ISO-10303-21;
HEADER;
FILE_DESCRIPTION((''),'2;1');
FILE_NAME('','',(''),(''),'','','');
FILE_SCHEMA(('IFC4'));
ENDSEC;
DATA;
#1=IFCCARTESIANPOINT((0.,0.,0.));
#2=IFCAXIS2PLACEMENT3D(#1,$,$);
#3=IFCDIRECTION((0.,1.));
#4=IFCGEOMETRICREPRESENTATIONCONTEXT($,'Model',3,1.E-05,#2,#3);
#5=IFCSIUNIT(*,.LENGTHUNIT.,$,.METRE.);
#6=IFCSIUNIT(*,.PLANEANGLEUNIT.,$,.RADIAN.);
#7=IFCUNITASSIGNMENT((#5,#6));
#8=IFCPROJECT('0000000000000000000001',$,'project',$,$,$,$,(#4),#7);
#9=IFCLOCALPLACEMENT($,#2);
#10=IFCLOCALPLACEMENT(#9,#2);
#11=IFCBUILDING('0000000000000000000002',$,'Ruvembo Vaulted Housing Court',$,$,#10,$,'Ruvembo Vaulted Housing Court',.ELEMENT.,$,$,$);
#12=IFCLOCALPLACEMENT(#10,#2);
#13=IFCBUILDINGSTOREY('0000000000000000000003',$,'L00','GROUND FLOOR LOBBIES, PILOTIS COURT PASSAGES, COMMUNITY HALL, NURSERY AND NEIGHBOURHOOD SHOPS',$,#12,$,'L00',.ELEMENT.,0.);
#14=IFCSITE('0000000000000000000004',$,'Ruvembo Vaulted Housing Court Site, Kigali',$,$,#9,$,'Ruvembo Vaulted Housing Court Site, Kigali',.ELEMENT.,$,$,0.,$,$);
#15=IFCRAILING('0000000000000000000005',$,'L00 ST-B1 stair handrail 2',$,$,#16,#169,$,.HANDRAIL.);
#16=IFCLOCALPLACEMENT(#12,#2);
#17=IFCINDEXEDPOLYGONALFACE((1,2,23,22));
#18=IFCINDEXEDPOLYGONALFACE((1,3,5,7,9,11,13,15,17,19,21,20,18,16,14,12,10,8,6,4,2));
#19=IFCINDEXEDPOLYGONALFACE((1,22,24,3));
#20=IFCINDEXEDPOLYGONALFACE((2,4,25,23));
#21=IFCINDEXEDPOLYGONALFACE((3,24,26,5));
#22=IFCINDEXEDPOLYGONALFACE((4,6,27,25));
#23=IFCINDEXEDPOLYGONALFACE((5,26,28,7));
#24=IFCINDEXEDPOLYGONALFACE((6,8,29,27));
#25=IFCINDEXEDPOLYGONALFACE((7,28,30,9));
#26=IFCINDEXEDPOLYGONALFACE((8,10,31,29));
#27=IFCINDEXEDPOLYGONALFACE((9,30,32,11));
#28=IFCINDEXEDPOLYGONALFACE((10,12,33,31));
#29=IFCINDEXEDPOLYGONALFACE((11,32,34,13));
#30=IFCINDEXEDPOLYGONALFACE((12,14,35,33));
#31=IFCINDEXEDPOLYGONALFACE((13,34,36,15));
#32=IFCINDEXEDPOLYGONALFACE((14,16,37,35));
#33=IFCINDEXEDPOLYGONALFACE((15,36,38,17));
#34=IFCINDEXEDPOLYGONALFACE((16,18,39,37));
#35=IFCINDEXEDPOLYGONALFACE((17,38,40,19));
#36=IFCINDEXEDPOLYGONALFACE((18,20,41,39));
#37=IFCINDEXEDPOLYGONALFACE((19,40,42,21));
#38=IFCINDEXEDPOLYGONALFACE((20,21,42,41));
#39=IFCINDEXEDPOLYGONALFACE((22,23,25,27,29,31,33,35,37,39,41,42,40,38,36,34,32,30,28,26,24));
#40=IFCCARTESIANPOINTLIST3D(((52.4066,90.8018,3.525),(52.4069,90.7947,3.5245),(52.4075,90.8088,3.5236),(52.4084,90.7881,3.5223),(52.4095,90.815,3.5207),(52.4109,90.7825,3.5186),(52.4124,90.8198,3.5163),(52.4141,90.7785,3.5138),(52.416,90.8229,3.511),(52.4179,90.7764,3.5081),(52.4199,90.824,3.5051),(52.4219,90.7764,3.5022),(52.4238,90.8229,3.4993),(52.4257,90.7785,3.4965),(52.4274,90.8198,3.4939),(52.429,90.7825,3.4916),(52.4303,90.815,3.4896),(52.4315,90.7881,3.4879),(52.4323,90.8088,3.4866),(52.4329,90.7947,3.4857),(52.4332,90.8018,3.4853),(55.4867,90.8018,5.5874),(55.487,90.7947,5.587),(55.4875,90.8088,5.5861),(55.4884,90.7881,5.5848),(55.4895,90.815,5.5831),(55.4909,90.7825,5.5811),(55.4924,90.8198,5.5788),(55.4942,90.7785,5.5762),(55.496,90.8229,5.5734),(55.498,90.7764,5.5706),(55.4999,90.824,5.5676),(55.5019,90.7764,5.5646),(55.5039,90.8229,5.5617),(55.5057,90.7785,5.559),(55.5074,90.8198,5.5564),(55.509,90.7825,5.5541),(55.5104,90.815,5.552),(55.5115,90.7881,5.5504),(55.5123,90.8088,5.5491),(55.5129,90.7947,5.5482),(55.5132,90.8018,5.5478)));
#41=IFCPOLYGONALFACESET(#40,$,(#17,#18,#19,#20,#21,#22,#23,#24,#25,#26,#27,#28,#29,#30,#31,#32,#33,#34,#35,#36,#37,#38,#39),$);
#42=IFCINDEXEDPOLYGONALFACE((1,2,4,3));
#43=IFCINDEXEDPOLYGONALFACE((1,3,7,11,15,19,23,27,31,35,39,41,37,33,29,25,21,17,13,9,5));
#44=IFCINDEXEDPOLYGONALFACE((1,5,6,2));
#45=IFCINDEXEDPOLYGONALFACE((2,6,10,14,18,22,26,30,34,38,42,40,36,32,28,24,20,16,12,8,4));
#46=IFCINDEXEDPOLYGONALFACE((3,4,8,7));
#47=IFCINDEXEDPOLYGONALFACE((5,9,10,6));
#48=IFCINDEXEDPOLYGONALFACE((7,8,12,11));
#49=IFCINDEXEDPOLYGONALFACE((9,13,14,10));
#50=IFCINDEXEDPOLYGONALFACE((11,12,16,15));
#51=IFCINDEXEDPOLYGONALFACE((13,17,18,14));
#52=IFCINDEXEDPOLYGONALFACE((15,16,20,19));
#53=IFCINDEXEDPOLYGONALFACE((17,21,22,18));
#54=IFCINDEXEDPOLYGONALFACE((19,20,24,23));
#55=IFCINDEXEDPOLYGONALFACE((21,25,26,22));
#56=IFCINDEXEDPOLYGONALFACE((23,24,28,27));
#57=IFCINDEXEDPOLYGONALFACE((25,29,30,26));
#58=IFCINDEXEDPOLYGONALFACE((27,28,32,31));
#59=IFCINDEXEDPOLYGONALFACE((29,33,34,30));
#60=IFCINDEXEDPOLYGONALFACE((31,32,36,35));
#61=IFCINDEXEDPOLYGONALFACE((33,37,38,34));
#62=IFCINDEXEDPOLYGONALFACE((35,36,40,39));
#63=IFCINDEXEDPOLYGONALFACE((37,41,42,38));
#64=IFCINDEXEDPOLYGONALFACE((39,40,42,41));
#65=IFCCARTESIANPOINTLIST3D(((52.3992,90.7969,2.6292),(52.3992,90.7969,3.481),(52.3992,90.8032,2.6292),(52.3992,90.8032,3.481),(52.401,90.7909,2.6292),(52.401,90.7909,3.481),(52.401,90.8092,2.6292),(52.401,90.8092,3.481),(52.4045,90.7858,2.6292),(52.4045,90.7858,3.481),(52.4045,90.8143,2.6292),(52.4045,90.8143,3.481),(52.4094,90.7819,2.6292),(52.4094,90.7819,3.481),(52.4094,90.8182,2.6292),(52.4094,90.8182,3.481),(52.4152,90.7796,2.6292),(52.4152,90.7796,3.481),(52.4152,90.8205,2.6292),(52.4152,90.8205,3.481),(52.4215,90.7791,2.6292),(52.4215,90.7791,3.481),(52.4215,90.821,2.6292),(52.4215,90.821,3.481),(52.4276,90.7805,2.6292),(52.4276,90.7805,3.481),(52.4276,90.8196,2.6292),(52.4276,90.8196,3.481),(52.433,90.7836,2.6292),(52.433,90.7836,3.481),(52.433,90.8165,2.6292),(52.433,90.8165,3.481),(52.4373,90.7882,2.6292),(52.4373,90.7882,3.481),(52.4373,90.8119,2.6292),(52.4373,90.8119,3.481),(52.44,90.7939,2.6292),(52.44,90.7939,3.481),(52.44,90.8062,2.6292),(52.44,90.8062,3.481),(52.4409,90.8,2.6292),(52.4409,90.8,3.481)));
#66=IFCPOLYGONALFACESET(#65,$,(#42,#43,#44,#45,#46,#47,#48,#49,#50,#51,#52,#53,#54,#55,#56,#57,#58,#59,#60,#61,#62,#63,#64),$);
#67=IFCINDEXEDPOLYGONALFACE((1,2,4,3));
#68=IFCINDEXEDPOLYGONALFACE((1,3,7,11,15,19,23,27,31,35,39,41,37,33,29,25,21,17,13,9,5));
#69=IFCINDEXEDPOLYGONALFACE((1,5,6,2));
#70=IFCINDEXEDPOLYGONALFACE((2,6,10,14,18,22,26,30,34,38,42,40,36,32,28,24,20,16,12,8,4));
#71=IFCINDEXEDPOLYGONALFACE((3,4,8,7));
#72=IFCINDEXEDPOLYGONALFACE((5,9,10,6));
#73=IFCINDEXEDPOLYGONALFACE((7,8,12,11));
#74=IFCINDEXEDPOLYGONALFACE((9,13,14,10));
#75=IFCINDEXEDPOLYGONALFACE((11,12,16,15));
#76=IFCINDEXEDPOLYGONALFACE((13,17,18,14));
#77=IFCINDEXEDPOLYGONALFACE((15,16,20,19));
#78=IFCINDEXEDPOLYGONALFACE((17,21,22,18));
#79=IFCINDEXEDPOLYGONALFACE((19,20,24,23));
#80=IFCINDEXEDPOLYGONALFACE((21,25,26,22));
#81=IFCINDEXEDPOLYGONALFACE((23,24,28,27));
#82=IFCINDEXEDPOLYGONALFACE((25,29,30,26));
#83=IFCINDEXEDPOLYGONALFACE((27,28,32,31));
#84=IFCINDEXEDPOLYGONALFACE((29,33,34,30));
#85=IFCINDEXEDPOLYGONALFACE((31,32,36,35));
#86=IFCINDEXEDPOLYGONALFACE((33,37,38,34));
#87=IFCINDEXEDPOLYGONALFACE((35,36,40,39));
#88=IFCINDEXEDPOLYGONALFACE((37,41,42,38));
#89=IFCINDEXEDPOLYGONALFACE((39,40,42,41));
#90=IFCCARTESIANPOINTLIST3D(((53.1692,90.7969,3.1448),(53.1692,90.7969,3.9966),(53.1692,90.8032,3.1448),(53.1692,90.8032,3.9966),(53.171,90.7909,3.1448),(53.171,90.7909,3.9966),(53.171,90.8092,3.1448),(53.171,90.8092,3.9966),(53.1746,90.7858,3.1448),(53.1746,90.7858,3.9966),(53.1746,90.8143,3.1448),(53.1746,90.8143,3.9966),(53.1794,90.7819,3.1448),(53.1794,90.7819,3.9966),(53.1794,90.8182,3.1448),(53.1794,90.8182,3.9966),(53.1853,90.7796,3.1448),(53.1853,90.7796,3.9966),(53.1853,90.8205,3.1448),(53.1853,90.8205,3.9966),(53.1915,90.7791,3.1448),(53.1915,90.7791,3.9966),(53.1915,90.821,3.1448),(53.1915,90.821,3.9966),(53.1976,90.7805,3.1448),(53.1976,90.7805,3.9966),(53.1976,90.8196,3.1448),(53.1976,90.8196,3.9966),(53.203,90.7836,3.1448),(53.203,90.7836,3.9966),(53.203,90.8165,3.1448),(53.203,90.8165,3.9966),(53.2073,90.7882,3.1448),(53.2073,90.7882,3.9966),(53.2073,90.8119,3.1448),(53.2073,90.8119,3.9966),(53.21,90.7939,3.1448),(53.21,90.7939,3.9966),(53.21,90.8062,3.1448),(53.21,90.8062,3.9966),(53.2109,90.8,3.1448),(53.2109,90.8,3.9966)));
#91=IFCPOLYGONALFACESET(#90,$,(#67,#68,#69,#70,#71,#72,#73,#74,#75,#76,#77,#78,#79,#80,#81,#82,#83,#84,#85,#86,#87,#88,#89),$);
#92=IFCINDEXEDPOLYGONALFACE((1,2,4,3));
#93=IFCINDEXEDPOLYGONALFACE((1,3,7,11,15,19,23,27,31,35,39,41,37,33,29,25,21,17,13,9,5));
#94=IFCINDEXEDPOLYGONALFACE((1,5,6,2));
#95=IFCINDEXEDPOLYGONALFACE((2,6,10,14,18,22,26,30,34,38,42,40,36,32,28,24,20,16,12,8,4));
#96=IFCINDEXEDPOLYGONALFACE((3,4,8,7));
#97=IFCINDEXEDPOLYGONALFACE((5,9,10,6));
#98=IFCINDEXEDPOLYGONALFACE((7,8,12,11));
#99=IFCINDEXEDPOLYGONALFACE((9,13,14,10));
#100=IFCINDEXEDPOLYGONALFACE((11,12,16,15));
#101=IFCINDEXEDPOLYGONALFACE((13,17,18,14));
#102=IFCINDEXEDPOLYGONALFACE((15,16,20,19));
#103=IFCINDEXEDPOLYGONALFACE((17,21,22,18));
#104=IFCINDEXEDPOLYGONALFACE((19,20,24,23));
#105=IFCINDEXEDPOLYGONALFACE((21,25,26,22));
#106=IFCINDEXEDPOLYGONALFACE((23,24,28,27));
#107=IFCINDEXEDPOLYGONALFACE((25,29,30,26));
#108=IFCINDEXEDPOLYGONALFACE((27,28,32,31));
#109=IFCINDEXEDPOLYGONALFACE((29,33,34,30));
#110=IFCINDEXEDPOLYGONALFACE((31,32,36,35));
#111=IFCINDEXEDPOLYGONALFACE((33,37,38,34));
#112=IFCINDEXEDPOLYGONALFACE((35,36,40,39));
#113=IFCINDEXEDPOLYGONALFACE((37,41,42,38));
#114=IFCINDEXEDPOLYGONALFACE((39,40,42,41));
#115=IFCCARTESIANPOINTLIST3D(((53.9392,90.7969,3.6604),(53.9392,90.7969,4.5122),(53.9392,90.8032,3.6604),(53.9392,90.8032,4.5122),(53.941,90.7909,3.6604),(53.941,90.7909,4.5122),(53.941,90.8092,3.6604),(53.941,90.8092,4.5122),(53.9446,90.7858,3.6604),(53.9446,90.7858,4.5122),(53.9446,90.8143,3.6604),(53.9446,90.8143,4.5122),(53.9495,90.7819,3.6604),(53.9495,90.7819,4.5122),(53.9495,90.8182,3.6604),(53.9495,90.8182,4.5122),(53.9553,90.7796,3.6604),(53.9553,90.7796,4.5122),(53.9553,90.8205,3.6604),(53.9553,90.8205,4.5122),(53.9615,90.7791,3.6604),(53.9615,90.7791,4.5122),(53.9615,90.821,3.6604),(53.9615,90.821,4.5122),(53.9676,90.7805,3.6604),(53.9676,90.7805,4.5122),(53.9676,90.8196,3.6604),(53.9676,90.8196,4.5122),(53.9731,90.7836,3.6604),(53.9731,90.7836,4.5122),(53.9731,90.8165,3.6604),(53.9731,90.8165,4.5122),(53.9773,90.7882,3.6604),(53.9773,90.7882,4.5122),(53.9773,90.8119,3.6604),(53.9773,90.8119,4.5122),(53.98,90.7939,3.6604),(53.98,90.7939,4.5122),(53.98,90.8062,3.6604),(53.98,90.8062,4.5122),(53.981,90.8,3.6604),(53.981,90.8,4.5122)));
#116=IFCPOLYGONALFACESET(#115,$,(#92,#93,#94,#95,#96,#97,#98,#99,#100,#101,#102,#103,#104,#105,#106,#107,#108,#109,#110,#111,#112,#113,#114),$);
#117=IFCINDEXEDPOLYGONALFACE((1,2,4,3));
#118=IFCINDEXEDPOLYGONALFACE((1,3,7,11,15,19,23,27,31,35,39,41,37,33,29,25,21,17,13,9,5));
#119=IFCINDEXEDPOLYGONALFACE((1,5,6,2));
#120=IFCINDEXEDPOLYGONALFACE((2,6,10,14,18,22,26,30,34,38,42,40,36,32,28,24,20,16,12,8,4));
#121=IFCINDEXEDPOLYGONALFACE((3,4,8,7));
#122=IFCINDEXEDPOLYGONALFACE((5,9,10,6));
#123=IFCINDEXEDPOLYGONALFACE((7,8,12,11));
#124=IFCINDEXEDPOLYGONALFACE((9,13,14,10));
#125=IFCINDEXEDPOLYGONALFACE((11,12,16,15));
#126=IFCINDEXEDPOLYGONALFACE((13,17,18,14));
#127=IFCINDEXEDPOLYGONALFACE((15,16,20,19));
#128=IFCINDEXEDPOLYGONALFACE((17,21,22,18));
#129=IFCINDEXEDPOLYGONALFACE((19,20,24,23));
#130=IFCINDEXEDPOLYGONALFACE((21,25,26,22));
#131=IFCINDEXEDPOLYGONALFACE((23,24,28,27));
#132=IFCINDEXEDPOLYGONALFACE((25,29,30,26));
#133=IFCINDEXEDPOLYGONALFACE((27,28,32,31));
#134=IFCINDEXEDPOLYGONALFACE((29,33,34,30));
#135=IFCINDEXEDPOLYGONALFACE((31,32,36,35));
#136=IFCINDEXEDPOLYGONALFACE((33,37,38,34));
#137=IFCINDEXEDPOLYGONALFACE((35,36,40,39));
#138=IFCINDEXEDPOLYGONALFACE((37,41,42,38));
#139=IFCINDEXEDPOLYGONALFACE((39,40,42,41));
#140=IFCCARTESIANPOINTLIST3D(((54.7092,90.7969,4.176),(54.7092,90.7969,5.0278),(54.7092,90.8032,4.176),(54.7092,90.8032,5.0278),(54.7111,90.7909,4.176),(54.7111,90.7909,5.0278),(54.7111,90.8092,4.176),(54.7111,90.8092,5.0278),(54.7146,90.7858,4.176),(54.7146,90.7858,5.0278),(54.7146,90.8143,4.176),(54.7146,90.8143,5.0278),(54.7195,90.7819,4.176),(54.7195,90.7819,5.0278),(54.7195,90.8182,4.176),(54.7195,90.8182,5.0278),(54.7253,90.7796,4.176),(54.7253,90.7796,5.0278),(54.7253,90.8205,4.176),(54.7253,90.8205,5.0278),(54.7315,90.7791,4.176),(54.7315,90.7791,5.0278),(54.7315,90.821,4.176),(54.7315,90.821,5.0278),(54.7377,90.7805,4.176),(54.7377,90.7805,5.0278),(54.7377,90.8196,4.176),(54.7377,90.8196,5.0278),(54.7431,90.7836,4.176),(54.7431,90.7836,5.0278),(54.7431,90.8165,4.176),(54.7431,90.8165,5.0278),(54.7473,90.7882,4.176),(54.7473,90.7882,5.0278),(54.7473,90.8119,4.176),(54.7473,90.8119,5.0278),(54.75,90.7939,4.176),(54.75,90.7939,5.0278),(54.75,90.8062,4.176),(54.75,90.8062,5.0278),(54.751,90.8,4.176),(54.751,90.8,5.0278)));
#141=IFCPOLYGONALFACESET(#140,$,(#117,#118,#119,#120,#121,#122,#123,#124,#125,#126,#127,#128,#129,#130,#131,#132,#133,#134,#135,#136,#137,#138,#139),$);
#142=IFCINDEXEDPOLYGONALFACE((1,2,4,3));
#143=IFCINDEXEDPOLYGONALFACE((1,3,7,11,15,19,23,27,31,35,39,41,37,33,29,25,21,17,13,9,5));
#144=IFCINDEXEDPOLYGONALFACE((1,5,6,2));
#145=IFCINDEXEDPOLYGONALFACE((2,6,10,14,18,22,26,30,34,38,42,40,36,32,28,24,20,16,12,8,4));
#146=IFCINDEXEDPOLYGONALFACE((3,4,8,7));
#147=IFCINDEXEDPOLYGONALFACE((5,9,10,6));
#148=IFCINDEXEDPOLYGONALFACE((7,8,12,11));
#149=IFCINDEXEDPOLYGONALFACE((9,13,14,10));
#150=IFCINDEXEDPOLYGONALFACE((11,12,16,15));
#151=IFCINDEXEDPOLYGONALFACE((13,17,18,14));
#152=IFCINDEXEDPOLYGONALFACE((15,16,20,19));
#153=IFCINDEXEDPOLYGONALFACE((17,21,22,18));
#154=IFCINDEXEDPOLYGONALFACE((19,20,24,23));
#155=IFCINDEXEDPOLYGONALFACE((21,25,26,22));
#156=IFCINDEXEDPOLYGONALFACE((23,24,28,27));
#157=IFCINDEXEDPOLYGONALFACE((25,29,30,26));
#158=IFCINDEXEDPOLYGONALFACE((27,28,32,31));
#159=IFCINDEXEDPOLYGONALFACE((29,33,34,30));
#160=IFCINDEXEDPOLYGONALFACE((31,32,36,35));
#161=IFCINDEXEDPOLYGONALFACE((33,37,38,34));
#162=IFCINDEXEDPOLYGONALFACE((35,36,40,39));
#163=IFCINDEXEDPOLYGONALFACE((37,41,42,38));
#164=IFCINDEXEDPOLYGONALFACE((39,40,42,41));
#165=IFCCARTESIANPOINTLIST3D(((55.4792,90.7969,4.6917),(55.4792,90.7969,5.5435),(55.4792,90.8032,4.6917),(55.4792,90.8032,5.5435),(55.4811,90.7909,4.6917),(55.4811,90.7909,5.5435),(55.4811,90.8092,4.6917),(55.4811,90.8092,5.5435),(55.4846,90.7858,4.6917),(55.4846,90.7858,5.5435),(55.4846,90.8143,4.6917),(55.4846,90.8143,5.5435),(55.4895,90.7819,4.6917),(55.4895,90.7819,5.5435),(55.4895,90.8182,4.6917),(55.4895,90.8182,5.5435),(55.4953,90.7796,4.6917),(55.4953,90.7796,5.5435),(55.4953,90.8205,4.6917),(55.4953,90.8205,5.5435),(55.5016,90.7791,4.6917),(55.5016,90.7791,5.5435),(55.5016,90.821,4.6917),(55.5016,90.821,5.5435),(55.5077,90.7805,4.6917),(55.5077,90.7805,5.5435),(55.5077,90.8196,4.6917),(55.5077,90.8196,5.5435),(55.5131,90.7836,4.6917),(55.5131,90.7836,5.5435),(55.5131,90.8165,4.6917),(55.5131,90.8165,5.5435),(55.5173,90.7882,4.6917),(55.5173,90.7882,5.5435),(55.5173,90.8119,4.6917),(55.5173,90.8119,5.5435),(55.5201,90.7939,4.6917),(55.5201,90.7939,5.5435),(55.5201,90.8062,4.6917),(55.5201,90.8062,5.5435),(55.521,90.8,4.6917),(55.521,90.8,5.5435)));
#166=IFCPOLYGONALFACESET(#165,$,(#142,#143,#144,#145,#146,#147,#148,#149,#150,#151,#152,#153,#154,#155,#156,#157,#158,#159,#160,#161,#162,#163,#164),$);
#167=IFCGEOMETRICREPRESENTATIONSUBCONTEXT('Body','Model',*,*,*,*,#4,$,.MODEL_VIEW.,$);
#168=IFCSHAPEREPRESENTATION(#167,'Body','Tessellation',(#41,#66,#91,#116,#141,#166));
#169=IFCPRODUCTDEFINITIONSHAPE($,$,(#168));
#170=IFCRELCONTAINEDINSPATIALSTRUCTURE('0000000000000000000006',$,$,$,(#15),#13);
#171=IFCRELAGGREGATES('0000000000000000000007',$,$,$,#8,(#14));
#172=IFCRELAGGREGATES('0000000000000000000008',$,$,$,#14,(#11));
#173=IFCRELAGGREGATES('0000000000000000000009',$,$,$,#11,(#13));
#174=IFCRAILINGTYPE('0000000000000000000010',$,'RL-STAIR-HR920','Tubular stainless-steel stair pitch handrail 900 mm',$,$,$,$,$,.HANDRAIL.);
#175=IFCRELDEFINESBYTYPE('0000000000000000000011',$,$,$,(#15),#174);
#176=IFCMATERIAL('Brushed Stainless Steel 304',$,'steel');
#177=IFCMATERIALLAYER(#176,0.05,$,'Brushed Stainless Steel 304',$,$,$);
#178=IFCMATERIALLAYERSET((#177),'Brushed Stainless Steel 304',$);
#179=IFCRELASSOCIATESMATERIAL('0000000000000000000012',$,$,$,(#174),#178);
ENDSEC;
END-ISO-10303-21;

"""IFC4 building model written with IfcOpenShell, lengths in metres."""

from ifc_helpers import new_model, si_unit, direction, frame, origin, origin_2d, place, context, subcontext, project, spatial, circle, extrude, material, layer, layer_set, type_object, element, save


model = new_model("IFC4")

# Units and contexts
model_context = context("Model", 3, precision=1e-05, world=origin(), true_north=direction((0.0, 1.0)))
body_context = subcontext(model_context, "Body", "Model", "MODEL_VIEW")
ifc_project = project(units=[si_unit("LENGTHUNIT", "METRE"), si_unit("PLANEANGLEUNIT", "RADIAN")], contexts=[model_context])

# Site, building, storey
site_placement = place(None, origin())
site = spatial("IfcSite", under=ifc_project, at=site_placement, Name="Ruvembo Vaulted Housing Court Site, Kigali", LongName="Ruvembo Vaulted Housing Court Site, Kigali", CompositionType="ELEMENT", RefElevation=0.0)
building_placement = place(site_placement, origin())
building = spatial("IfcBuilding", under=site, at=building_placement, Name="Ruvembo Vaulted Housing Court", LongName="Ruvembo Vaulted Housing Court", CompositionType="ELEMENT")
storey_placement = place(building_placement, origin())
storey = spatial("IfcBuildingStorey", under=building, at=storey_placement, Name="L00", Description="GROUND FLOOR LOBBIES, PILOTIS COURT PASSAGES, COMMUNITY HALL, NURSERY AND NEIGHBOURHOOD SHOPS", LongName="L00", CompositionType="ELEMENT", Elevation=0.0)

# Railing
ifc_material_1 = material(Name="Brushed Stainless Steel 304", Category="steel")
ifc_layer_1 = layer(ifc_material_1, 0.05, Name="Brushed Stainless Steel 304")
ifc_layer_set_1 = layer_set([ifc_layer_1], Name="Brushed Stainless Steel 304")
railing_type_1 = type_object("IfcRailingType", Name="RL-STAIR-HR920", Description="Tubular stainless-steel stair pitch handrail 900 mm", PredefinedType="HANDRAIL", material=ifc_layer_set_1)
railing_1_placement = place(storey_placement, frame((52.4199, 90.8, 2.6292)))
element("IfcRailing", 1, at=railing_1_placement, inside=storey, type_object=railing_type_1, Name="L00 ST-B1 stair handrail 2", PredefinedType="HANDRAIL", context=body_context, shape_type="SweptSolid", body=[
    extrude(circle(Radius=0.0239, at=origin_2d()), frame((0.0, 0.0, 0.876), z_axis=(0.830914, 0.0, 0.556401), x_axis=(0.0, 1.0, 0.0)), (0.0, 0.0, 1.0), 3.7068),
    extrude(circle(Radius=0.021, at=origin_2d()), origin(), (0.0, 0.0, 1.0), 0.8518),
    extrude(circle(Radius=0.021, at=origin_2d()), frame((0.77, 0.0, 0.5156)), (0.0, 0.0, 1.0), 0.8518),
    extrude(circle(Radius=0.021, at=origin_2d()), frame((1.54, 0.0, 1.0312)), (0.0, 0.0, 1.0), 0.8518),
    extrude(circle(Radius=0.021, at=origin_2d()), frame((2.3101, 0.0, 1.5469)), (0.0, 0.0, 1.0), 0.8518),
    extrude(circle(Radius=0.021, at=origin_2d()), frame((3.0801, 0.0, 2.0625)), (0.0, 0.0, 1.0), 0.8518),
])

save(model, "model.ifc")
